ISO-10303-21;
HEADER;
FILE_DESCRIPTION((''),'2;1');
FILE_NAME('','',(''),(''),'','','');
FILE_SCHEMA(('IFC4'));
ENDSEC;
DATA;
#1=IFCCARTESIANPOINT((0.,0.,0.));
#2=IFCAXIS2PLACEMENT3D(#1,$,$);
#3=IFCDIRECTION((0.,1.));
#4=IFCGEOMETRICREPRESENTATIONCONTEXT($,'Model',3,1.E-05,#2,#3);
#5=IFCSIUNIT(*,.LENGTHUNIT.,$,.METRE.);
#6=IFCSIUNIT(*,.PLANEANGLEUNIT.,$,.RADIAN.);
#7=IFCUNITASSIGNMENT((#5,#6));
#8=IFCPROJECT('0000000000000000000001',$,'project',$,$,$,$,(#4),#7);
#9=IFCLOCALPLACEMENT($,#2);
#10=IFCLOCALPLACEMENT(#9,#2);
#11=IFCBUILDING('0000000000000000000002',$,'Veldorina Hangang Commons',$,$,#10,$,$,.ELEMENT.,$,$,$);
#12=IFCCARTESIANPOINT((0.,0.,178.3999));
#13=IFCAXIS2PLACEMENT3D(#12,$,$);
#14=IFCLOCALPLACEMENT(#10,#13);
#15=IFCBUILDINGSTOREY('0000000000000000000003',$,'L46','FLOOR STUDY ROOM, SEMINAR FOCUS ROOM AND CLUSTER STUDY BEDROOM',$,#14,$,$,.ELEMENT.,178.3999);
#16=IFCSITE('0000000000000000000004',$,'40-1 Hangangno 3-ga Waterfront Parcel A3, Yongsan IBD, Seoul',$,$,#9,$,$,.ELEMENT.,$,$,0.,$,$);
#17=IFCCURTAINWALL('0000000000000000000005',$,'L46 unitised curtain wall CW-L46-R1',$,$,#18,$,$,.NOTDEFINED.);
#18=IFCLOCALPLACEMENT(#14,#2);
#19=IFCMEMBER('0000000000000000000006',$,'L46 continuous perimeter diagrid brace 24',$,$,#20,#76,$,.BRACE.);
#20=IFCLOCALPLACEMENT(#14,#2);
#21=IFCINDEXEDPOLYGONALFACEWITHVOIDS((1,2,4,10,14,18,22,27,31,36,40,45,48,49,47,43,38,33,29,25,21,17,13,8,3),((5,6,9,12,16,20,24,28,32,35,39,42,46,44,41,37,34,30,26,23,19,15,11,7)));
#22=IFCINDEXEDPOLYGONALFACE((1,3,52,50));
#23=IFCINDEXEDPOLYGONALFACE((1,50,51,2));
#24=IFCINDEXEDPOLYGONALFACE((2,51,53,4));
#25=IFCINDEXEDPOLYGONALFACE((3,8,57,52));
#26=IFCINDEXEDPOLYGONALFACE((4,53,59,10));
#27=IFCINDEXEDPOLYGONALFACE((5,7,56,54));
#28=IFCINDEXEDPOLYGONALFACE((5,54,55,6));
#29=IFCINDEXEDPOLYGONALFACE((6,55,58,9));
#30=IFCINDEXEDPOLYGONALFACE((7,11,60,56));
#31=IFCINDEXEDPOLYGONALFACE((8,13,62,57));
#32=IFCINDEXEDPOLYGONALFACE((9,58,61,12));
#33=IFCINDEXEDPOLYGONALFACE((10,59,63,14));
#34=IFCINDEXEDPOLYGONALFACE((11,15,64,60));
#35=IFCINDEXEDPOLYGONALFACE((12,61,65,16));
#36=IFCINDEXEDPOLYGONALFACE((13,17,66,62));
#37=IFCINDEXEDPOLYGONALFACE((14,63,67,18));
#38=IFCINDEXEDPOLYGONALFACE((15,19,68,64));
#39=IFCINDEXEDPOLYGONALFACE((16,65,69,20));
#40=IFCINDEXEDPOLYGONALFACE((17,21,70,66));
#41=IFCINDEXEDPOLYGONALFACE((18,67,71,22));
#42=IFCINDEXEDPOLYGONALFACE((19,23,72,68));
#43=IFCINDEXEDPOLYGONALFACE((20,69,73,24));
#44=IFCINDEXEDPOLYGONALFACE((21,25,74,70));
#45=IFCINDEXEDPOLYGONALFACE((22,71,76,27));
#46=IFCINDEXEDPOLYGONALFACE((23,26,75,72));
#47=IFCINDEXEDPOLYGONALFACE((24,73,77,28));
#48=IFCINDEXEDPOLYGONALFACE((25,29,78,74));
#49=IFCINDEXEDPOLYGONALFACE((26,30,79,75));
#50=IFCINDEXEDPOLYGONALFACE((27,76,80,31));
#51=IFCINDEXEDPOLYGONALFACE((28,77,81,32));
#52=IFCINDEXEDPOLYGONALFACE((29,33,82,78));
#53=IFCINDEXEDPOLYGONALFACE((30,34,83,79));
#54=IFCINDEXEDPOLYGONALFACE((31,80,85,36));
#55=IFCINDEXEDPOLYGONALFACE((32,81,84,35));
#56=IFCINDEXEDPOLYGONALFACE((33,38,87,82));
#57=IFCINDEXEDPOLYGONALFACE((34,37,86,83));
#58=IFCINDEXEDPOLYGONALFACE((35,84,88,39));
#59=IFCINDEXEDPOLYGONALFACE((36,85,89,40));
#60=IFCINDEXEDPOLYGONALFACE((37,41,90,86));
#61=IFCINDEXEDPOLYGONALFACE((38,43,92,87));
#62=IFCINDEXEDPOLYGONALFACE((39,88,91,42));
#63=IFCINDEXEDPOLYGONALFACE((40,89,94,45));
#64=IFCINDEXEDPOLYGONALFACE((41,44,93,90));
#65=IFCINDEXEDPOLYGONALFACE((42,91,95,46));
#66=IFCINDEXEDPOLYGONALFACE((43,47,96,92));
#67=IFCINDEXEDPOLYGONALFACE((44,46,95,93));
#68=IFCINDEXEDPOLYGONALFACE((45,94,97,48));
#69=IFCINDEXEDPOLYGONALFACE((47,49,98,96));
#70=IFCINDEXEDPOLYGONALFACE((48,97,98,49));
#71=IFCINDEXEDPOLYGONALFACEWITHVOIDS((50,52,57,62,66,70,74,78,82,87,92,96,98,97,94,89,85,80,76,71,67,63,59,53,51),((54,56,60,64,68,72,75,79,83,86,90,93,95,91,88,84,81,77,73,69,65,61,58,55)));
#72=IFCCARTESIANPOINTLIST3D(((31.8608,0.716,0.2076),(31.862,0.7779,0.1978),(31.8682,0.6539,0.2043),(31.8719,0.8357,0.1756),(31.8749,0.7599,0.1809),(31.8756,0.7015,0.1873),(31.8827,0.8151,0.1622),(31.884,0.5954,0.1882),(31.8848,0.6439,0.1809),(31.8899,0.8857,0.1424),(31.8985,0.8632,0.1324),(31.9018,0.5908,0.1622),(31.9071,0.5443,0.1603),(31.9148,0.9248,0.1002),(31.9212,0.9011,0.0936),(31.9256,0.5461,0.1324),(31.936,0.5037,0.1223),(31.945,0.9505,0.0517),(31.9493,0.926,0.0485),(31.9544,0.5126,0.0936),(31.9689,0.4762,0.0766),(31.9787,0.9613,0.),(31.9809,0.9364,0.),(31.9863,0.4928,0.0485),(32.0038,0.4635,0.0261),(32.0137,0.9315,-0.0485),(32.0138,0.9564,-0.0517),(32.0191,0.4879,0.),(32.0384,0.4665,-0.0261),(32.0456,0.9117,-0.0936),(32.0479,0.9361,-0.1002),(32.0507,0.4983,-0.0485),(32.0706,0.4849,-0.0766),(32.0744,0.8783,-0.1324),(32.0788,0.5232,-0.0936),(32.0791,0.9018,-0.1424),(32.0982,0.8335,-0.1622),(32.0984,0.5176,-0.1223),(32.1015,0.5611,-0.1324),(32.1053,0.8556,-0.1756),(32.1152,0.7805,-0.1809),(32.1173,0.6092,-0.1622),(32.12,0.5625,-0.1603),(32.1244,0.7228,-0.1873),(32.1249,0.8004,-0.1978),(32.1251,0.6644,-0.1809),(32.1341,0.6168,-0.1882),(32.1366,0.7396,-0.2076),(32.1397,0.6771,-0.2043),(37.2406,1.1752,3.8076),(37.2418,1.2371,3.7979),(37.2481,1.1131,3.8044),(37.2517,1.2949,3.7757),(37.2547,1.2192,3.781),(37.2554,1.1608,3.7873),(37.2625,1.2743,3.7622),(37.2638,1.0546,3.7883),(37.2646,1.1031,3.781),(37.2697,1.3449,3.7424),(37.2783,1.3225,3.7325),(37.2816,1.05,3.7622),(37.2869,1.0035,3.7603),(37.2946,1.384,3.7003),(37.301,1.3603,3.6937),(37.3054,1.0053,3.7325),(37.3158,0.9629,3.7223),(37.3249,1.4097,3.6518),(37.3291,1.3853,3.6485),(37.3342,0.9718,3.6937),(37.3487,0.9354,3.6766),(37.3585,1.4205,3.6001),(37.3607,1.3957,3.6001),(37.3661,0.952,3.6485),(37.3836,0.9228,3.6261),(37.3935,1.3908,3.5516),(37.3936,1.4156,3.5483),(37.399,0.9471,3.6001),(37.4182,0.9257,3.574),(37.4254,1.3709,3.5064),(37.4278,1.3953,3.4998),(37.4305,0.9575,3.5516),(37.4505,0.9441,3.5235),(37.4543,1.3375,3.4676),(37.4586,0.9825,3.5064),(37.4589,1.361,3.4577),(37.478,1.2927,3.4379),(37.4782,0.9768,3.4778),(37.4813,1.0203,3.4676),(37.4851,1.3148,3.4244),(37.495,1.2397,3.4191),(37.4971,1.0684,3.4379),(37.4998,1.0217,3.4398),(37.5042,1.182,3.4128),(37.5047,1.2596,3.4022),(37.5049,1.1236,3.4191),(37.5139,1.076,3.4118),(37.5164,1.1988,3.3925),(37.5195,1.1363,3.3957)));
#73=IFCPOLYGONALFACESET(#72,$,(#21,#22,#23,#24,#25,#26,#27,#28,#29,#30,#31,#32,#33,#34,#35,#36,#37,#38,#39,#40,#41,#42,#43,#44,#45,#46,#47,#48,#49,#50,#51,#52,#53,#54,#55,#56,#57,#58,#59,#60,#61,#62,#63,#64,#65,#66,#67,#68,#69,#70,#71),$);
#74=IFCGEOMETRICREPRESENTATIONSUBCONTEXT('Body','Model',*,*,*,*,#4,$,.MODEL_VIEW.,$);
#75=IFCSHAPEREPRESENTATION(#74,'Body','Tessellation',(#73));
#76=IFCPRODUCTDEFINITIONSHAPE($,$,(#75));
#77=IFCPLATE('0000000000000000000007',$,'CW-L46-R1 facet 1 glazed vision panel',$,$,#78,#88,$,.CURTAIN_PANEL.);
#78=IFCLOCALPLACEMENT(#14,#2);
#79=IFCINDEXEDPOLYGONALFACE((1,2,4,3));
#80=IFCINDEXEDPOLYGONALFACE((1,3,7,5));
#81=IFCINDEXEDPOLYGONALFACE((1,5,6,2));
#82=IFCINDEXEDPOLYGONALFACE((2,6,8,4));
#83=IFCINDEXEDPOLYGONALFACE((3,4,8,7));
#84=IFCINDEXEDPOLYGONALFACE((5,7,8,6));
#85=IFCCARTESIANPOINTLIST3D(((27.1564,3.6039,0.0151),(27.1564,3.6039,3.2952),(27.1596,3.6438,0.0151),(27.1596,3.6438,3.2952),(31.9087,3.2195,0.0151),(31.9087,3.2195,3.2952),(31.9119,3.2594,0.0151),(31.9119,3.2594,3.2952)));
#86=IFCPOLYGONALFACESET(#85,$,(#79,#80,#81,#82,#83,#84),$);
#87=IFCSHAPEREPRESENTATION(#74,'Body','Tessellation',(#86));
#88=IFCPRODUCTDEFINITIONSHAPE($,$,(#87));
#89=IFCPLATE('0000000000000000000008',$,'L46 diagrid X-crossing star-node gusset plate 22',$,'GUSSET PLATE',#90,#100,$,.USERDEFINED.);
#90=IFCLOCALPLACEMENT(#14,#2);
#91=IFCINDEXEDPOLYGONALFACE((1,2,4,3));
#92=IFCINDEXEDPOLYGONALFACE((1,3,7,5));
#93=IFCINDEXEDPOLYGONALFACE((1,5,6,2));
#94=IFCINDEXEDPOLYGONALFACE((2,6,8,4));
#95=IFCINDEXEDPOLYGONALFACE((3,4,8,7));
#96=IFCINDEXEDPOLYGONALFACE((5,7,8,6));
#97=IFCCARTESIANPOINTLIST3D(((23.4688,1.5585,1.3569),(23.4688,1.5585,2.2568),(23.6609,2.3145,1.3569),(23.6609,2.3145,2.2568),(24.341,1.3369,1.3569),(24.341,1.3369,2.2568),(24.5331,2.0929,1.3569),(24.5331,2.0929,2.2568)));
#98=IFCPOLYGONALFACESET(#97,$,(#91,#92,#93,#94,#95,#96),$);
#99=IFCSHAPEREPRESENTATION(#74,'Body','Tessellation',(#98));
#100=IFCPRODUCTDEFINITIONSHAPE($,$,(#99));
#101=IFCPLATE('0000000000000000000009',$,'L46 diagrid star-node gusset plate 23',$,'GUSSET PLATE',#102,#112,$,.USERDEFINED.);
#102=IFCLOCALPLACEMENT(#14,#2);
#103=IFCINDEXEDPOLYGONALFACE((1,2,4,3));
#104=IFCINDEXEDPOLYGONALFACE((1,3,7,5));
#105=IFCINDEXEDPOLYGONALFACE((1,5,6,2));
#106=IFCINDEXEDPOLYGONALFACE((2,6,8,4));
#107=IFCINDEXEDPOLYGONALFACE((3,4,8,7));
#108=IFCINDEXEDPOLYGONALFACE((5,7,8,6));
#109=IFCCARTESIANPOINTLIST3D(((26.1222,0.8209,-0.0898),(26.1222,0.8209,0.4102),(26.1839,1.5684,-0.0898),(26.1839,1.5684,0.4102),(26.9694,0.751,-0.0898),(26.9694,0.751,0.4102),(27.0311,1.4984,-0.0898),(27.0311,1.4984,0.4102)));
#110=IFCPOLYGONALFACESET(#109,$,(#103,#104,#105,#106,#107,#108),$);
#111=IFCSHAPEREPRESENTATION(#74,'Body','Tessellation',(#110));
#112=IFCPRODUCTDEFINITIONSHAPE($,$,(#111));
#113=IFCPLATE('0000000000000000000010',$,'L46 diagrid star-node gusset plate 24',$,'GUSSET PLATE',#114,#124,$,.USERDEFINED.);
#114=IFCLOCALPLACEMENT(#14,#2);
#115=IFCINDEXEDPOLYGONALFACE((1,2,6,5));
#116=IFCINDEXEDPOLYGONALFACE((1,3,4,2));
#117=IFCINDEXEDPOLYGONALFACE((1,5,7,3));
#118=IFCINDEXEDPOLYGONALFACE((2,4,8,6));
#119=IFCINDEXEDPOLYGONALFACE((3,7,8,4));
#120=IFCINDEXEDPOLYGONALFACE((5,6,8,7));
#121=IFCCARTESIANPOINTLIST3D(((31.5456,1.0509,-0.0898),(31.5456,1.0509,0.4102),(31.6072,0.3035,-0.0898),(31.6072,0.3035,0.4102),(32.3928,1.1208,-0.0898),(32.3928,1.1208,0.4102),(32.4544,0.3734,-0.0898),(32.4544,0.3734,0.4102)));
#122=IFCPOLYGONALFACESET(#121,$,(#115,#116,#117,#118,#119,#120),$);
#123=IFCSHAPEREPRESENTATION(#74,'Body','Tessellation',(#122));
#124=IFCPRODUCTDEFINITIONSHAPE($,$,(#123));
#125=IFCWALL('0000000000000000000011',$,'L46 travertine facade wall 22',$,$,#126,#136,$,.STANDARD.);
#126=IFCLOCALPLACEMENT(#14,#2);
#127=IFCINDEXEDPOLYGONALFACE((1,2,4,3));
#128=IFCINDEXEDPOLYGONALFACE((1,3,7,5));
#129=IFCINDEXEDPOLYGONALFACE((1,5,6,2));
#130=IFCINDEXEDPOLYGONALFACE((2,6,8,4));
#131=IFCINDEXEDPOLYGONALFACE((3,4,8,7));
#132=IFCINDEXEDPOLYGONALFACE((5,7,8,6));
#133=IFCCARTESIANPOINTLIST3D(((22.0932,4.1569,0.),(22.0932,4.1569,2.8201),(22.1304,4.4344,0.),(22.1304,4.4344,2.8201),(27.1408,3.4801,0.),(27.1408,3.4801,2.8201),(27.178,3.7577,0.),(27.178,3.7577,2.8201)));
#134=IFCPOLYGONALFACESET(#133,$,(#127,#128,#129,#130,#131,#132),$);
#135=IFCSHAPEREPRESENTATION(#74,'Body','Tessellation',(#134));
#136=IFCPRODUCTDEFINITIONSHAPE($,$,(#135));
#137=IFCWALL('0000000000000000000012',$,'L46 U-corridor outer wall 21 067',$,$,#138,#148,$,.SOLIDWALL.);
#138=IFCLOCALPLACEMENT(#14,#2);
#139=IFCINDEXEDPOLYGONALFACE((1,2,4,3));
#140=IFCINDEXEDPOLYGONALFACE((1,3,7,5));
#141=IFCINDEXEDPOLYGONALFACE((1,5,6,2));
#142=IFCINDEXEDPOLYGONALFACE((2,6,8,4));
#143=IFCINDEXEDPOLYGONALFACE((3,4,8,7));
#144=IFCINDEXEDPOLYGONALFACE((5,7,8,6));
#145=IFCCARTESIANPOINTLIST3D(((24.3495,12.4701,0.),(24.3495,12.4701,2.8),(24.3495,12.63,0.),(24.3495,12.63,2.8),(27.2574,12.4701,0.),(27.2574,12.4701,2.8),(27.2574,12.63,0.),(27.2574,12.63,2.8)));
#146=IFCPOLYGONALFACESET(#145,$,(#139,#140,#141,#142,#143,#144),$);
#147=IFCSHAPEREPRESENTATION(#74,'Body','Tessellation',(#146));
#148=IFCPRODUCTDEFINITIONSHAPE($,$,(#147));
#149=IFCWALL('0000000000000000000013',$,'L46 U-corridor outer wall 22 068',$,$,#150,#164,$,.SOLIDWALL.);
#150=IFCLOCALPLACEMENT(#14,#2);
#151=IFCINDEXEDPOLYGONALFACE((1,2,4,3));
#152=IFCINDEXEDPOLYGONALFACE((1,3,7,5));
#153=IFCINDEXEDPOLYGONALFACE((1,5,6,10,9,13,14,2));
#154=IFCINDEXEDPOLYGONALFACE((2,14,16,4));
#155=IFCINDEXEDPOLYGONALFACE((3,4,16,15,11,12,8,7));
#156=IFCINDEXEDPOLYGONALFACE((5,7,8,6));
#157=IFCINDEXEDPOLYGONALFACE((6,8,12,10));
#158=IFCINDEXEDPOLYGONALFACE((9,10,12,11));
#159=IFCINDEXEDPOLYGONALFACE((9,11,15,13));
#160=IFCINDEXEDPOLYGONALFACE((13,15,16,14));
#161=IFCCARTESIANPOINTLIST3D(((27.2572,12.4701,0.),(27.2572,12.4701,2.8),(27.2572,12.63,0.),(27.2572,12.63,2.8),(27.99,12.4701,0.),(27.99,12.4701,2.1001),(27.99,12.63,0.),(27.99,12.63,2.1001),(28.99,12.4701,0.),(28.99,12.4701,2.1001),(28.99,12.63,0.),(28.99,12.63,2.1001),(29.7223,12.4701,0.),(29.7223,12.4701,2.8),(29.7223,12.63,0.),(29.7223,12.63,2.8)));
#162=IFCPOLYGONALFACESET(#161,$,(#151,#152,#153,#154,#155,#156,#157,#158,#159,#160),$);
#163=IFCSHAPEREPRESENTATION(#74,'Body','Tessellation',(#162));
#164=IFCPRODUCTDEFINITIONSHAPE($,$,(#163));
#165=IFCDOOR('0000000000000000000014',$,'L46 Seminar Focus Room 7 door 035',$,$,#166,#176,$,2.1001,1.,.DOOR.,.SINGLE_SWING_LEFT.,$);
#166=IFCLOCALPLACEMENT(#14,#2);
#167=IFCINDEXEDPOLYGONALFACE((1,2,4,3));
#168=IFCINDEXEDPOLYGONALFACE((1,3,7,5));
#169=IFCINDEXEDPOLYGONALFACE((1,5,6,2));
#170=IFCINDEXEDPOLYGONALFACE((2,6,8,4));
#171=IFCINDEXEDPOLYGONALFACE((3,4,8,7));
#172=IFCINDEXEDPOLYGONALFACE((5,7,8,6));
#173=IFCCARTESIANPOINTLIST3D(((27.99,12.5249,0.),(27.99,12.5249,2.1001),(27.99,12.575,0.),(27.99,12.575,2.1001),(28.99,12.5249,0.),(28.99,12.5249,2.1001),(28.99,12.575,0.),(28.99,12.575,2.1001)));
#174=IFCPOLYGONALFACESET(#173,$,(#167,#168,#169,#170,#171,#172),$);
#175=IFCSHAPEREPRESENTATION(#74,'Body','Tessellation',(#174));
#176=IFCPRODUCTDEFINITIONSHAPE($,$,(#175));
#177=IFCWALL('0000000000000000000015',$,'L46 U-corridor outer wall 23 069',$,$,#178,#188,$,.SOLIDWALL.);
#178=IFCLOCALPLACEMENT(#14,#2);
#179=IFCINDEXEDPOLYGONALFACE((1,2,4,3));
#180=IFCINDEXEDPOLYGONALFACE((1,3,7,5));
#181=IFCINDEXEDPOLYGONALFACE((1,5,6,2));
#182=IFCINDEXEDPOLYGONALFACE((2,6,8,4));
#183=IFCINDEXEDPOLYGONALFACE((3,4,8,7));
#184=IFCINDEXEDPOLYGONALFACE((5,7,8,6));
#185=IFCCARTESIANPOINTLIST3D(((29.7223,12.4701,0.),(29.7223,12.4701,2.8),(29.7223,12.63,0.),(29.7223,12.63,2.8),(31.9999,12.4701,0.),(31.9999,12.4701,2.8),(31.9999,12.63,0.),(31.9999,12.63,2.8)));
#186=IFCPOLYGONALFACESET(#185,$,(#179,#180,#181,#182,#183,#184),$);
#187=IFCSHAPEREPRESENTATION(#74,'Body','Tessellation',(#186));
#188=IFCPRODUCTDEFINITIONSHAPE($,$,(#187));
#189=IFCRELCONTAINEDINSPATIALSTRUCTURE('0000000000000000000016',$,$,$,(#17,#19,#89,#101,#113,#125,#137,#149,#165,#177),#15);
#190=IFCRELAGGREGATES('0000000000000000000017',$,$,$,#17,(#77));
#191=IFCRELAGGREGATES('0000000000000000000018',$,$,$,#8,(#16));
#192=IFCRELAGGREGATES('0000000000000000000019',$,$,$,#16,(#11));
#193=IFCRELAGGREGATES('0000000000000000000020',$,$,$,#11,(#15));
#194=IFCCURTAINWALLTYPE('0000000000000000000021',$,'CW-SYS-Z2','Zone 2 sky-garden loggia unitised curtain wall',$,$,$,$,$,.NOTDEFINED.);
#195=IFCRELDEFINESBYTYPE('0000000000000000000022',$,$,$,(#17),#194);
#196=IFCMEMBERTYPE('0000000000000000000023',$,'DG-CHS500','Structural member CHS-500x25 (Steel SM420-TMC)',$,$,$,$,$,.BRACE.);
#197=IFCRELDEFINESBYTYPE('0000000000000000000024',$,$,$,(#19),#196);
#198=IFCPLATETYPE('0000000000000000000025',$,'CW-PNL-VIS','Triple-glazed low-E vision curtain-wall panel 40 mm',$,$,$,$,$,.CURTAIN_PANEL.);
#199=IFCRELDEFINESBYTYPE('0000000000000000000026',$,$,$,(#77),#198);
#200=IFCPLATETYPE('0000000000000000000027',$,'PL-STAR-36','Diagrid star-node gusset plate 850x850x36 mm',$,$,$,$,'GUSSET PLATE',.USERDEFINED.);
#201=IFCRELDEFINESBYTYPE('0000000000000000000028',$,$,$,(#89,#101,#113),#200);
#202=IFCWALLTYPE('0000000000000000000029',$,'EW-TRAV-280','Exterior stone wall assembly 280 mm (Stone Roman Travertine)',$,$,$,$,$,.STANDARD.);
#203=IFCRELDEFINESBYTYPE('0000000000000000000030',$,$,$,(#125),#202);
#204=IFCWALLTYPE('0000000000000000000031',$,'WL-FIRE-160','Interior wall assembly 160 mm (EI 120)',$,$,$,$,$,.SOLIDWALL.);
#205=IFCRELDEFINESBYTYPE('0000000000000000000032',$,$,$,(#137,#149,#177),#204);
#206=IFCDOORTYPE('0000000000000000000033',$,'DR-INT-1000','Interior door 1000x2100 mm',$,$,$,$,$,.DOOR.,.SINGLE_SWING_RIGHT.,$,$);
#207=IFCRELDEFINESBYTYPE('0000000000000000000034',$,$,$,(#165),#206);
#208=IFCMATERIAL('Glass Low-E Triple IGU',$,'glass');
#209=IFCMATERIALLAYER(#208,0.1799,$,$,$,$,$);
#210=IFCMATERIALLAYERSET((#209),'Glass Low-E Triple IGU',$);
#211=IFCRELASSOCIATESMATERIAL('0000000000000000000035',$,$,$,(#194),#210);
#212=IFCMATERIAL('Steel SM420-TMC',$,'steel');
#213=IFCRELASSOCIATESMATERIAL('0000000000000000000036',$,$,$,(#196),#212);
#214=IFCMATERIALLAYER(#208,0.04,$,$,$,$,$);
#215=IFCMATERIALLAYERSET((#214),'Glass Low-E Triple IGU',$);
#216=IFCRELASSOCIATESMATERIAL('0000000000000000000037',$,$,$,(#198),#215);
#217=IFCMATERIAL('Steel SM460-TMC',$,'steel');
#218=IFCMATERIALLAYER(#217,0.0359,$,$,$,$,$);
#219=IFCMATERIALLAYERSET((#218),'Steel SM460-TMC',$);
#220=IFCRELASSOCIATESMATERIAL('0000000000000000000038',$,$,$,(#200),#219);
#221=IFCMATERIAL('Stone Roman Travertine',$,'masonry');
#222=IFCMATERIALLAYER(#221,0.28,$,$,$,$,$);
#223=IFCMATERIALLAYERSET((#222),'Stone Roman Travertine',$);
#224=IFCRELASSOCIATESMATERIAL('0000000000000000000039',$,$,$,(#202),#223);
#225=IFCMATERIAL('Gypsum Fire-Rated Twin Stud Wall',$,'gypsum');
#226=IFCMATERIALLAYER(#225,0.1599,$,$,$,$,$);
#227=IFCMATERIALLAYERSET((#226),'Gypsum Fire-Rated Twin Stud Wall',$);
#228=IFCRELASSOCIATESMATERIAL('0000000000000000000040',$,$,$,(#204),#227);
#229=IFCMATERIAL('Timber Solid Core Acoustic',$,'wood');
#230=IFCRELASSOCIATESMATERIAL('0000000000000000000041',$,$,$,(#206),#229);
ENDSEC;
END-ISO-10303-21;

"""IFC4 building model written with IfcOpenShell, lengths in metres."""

from ifc_helpers import new_model, si_unit, direction, frame, frame_2d, origin, origin_2d, place, context, subcontext, project, spatial, rectangle, hollow_circle, extrude, material, layer, layer_set, material_profile, profile_set, type_object, element, fill, aggregate, save


model = new_model("IFC4")

# Units and contexts
model_context = context("Model", 3, precision=1e-05, world=origin(), true_north=direction((0.0, 1.0)))
body_context = subcontext(model_context, "Body", "Model", "MODEL_VIEW")
ifc_project = project(units=[si_unit("LENGTHUNIT", "METRE"), si_unit("PLANEANGLEUNIT", "RADIAN")], contexts=[model_context])

# Site, building, storey
site_placement = place(None, origin())
site = spatial("IfcSite", under=ifc_project, at=site_placement, Name="40-1 Hangangno 3-ga Waterfront Parcel A3, Yongsan IBD, Seoul", CompositionType="ELEMENT", RefElevation=0.0)
building_placement = place(site_placement, origin())
building = spatial("IfcBuilding", under=site, at=building_placement, Name="Veldorina Hangang Commons", CompositionType="ELEMENT")
storey_placement = place(building_placement, frame((0.0, 0.0, 178.3999)))
storey = spatial("IfcBuildingStorey", under=building, at=storey_placement, Name="L46", Description="FLOOR STUDY ROOM, SEMINAR FOCUS ROOM AND CLUSTER STUDY BEDROOM", CompositionType="ELEMENT", Elevation=178.3999)

# Shared definitions
ifc_material_1 = material(Name="Steel SM420-TMC", Category="steel")

# Curtain wall
ifc_material_2 = material(Name="Glass Low-E Triple IGU", Category="glass")
ifc_layer_1 = layer(ifc_material_2, 0.1799)
ifc_layer_set_1 = layer_set([ifc_layer_1], Name="Glass Low-E Triple IGU")
curtain_wall_type = type_object("IfcCurtainWallType", Name="CW-SYS-Z2", Description="Zone 2 sky-garden loggia unitised curtain wall", PredefinedType="NOTDEFINED", material=ifc_layer_set_1)
curtain_wall_placement = place(storey_placement, origin())
curtain_wall = element("IfcCurtainWall", 1, at=curtain_wall_placement, inside=storey, type_object=curtain_wall_type, Name="L46 unitised curtain wall CW-L46-R1", PredefinedType="NOTDEFINED")

# Member
ifc_material_profile_1 = material_profile(ifc_material_1, hollow_circle(Radius=0.25, WallThickness=0.0249, at=origin_2d()), Name="CHS-500x25")
ifc_profile_set_1 = profile_set([ifc_material_profile_1], Name="Steel SM420-TMC")
member_type_1 = type_object("IfcMemberType", Name="DG-CHS500", Description="Structural member CHS-500x25 (Steel SM420-TMC)", PredefinedType="BRACE", material=ifc_profile_set_1)
member_1_placement = place(storey_placement, frame((32.0, 0.7122, 0.0), z_axis=(0.829002, 0.070764, 0.55475), x_axis=(-0.085051, 0.996377, 0.0)))
element("IfcMember", 2, at=member_1_placement, inside=storey, type_object=member_type_1, Name="L46 continuous perimeter diagrid brace 24", PredefinedType="BRACE", context=body_context, shape_type="SweptSolid", body=[
    extrude(hollow_circle(Radius=0.25, WallThickness=0.0249, at=origin_2d()), origin(), (0.0, 0.0, 1.0), 6.4895),
])

# Plate
ifc_layer_2 = layer(ifc_material_2, 0.04)
ifc_layer_set_2 = layer_set([ifc_layer_2], Name="Glass Low-E Triple IGU")
plate_type_1 = type_object("IfcPlateType", Name="CW-PNL-VIS", Description="Triple-glazed low-E vision curtain-wall panel 40 mm", PredefinedType="CURTAIN_PANEL", material=ifc_layer_set_2)
plate_1_placement = place(storey_placement, frame((29.5342, 3.4316, 0.0151), z_axis=(0.0, 0.0, 1.0), x_axis=(0.996744, -0.080634, 0.0)))
plate_1 = element("IfcPlate", 3, at=plate_1_placement, type_object=plate_type_1, Name="CW-L46-R1 facet 1 glazed vision panel", PredefinedType="CURTAIN_PANEL", context=body_context, shape_type="SweptSolid", body=[
    extrude(rectangle(XDim=4.7678, YDim=0.04, at=origin_2d()), origin(), (0.0, 0.0, 1.0), 3.28),
])
aggregate(curtain_wall, [plate_1])

# Plates
ifc_material_3 = material(Name="Steel SM460-TMC", Category="steel")
ifc_layer_3 = layer(ifc_material_3, 0.0359)
ifc_layer_set_3 = layer_set([ifc_layer_3], Name="Steel SM460-TMC")
plate_type_2 = type_object("IfcPlateType", Name="PL-STAR-36", Description="Diagrid star-node gusset plate 850x850x36 mm", ElementType="GUSSET PLATE", PredefinedType="USERDEFINED", material=ifc_layer_set_3)
plate_2_placement = place(storey_placement, frame((24.001, 1.8257, 1.3569), z_axis=(0.0, 0.0, 1.0), x_axis=(0.969197, -0.246289, 0.0)))
element("IfcPlate", 4, at=plate_2_placement, inside=storey, type_object=plate_type_2, Name="L46 diagrid X-crossing star-node gusset plate 22", ObjectType="GUSSET PLATE", PredefinedType="USERDEFINED", context=body_context, shape_type="SweptSolid", body=[
    extrude(rectangle(XDim=0.8999, YDim=0.78, at=origin_2d()), origin(), (0.0, 0.0, 1.0), 0.8999),
])
for number, where, z_axis, x_axis, name in (
    (5, (26.5767, 1.1597, -0.0898), (0.0, 0.0, 1.0), (0.996613, -0.082234, 0.0), "L46 diagrid star-node gusset plate 23"),
    (6, (32.0, 0.7122, -0.0898), (0.0, 0.0, 1.0), (0.996613, 0.082234, 0.0), "L46 diagrid star-node gusset plate 24"),
):
    element("IfcPlate", number, at=place(storey_placement, frame(where, z_axis=z_axis, x_axis=x_axis)), inside=storey, type_object=plate_type_2, Name=name, ObjectType="GUSSET PLATE", PredefinedType="USERDEFINED", context=body_context, shape_type="SweptSolid", body=[
        extrude(rectangle(XDim=0.8501, YDim=0.75, at=origin_2d()), origin(), (0.0, 0.0, 1.0), 0.5),
    ])

# Walls
ifc_material_4 = material(Name="Stone Roman Travertine", Category="masonry")
ifc_layer_4 = layer(ifc_material_4, 0.28)
ifc_layer_set_4 = layer_set([ifc_layer_4], Name="Stone Roman Travertine")
wall_type_1 = type_object("IfcWallType", Name="EW-TRAV-280", Description="Exterior stone wall assembly 280 mm (Stone Roman Travertine)", PredefinedType="STANDARD", material=ifc_layer_set_4)
wall_1_placement = place(storey_placement, frame((22.1118, 4.2957, 0.0), z_axis=(0.0, 0.0, 1.0), x_axis=(0.991131, -0.132886, 0.0)))
element("IfcWall", 7, at=wall_1_placement, inside=storey, type_object=wall_type_1, Name="L46 travertine facade wall 22", PredefinedType="STANDARD", context=body_context, shape_type="SweptSolid", body=[
    extrude(rectangle(XDim=5.0928, YDim=0.28, at=frame_2d((2.5464, 0.0))), origin(), (0.0, 0.0, 1.0), 2.8201),
])
ifc_material_5 = material(Name="Gypsum Fire-Rated Twin Stud Wall", Category="gypsum")
ifc_layer_5 = layer(ifc_material_5, 0.1599)
ifc_layer_set_5 = layer_set([ifc_layer_5], Name="Gypsum Fire-Rated Twin Stud Wall")
wall_type_2 = type_object("IfcWallType", Name="WL-FIRE-160", Description="Interior wall assembly 160 mm (EI 120)", PredefinedType="SOLIDWALL", material=ifc_layer_set_5)
wall_2_placement = place(storey_placement, frame((24.3494, 12.55, 0.0), z_axis=(0.0, 0.0, 1.0), x_axis=(1.0, 0.0, 0.0)))
element("IfcWall", 8, at=wall_2_placement, inside=storey, type_object=wall_type_2, Name="L46 U-corridor outer wall 21 067", PredefinedType="SOLIDWALL", context=body_context, shape_type="SweptSolid", body=[
    extrude(rectangle(XDim=2.908, YDim=0.1599, at=frame_2d((1.4541, 0.0))), origin(), (0.0, 0.0, 1.0), 2.8),
])

# Wall, opening, door
wall_3_placement = place(storey_placement, frame((27.2573, 12.55, 0.0), z_axis=(0.0, 0.0, 1.0), x_axis=(1.0, 0.0, 0.0)))
wall_3 = element("IfcWall", 9, at=wall_3_placement, inside=storey, type_object=wall_type_2, Name="L46 U-corridor outer wall 22 068", PredefinedType="SOLIDWALL", context=body_context, shape_type="SweptSolid", body=[
    extrude(rectangle(XDim=2.4651, YDim=0.1599, at=frame_2d((1.2324, 0.0))), origin(), (0.0, 0.0, 1.0), 2.8),
])
opening_1_placement = place(wall_3_placement, frame((0.7327, 0.0, 0.0)))
opening_1 = element("IfcOpeningElement", 10, at=opening_1_placement, cuts=wall_3, PredefinedType="OPENING", context=body_context, shape_type="SweptSolid", body=[
    extrude(rectangle(XDim=1.0, YDim=2.1001, at=frame_2d((0.5, 1.05))), frame((0.0, 0.0898, 0.0), z_axis=(0.0, -1.0, 0.0), x_axis=(1.0, 0.0, 0.0)), (0.0, 0.0, 1.0), 0.1799),
])
ifc_material_6 = material(Name="Timber Solid Core Acoustic", Category="wood")
door_type_1 = type_object("IfcDoorType", Name="DR-INT-1000", Description="Interior door 1000x2100 mm", OperationType="SINGLE_SWING_RIGHT", PredefinedType="DOOR", material=ifc_material_6)
door_1_placement = place(opening_1_placement, origin())
door_1 = element("IfcDoor", 11, at=door_1_placement, inside=storey, type_object=door_type_1, Name="L46 Seminar Focus Room 7 door 035", OperationType="SINGLE_SWING_LEFT", OverallHeight=2.1001, OverallWidth=1.0, PredefinedType="DOOR", context=body_context, shape_type="SweptSolid", body=[
    extrude(rectangle(XDim=1.0, YDim=2.1001, at=frame_2d((0.5, 1.05))), frame((0.0, 0.0249, 0.0), z_axis=(0.0, -1.0, 0.0), x_axis=(1.0, 0.0, 0.0)), (0.0, 0.0, 1.0), 0.05),
])
fill(opening_1, door_1)

# Wall
for number, where, z_axis, x_axis, name in (
    (12, (29.7224, 12.55, 0.0), (0.0, 0.0, 1.0), (1.0, 0.0, 0.0), "L46 U-corridor outer wall 23 069"),
):
    element("IfcWall", number, at=place(storey_placement, frame(where, z_axis=z_axis, x_axis=x_axis)), inside=storey, type_object=wall_type_2, Name=name, PredefinedType="SOLIDWALL", context=body_context, shape_type="SweptSolid", body=[
        extrude(rectangle(XDim=2.2776, YDim=0.1599, at=frame_2d((1.1387, 0.0))), origin(), (0.0, 0.0, 1.0), 2.8),
    ])

save(model, "model.ifc")
